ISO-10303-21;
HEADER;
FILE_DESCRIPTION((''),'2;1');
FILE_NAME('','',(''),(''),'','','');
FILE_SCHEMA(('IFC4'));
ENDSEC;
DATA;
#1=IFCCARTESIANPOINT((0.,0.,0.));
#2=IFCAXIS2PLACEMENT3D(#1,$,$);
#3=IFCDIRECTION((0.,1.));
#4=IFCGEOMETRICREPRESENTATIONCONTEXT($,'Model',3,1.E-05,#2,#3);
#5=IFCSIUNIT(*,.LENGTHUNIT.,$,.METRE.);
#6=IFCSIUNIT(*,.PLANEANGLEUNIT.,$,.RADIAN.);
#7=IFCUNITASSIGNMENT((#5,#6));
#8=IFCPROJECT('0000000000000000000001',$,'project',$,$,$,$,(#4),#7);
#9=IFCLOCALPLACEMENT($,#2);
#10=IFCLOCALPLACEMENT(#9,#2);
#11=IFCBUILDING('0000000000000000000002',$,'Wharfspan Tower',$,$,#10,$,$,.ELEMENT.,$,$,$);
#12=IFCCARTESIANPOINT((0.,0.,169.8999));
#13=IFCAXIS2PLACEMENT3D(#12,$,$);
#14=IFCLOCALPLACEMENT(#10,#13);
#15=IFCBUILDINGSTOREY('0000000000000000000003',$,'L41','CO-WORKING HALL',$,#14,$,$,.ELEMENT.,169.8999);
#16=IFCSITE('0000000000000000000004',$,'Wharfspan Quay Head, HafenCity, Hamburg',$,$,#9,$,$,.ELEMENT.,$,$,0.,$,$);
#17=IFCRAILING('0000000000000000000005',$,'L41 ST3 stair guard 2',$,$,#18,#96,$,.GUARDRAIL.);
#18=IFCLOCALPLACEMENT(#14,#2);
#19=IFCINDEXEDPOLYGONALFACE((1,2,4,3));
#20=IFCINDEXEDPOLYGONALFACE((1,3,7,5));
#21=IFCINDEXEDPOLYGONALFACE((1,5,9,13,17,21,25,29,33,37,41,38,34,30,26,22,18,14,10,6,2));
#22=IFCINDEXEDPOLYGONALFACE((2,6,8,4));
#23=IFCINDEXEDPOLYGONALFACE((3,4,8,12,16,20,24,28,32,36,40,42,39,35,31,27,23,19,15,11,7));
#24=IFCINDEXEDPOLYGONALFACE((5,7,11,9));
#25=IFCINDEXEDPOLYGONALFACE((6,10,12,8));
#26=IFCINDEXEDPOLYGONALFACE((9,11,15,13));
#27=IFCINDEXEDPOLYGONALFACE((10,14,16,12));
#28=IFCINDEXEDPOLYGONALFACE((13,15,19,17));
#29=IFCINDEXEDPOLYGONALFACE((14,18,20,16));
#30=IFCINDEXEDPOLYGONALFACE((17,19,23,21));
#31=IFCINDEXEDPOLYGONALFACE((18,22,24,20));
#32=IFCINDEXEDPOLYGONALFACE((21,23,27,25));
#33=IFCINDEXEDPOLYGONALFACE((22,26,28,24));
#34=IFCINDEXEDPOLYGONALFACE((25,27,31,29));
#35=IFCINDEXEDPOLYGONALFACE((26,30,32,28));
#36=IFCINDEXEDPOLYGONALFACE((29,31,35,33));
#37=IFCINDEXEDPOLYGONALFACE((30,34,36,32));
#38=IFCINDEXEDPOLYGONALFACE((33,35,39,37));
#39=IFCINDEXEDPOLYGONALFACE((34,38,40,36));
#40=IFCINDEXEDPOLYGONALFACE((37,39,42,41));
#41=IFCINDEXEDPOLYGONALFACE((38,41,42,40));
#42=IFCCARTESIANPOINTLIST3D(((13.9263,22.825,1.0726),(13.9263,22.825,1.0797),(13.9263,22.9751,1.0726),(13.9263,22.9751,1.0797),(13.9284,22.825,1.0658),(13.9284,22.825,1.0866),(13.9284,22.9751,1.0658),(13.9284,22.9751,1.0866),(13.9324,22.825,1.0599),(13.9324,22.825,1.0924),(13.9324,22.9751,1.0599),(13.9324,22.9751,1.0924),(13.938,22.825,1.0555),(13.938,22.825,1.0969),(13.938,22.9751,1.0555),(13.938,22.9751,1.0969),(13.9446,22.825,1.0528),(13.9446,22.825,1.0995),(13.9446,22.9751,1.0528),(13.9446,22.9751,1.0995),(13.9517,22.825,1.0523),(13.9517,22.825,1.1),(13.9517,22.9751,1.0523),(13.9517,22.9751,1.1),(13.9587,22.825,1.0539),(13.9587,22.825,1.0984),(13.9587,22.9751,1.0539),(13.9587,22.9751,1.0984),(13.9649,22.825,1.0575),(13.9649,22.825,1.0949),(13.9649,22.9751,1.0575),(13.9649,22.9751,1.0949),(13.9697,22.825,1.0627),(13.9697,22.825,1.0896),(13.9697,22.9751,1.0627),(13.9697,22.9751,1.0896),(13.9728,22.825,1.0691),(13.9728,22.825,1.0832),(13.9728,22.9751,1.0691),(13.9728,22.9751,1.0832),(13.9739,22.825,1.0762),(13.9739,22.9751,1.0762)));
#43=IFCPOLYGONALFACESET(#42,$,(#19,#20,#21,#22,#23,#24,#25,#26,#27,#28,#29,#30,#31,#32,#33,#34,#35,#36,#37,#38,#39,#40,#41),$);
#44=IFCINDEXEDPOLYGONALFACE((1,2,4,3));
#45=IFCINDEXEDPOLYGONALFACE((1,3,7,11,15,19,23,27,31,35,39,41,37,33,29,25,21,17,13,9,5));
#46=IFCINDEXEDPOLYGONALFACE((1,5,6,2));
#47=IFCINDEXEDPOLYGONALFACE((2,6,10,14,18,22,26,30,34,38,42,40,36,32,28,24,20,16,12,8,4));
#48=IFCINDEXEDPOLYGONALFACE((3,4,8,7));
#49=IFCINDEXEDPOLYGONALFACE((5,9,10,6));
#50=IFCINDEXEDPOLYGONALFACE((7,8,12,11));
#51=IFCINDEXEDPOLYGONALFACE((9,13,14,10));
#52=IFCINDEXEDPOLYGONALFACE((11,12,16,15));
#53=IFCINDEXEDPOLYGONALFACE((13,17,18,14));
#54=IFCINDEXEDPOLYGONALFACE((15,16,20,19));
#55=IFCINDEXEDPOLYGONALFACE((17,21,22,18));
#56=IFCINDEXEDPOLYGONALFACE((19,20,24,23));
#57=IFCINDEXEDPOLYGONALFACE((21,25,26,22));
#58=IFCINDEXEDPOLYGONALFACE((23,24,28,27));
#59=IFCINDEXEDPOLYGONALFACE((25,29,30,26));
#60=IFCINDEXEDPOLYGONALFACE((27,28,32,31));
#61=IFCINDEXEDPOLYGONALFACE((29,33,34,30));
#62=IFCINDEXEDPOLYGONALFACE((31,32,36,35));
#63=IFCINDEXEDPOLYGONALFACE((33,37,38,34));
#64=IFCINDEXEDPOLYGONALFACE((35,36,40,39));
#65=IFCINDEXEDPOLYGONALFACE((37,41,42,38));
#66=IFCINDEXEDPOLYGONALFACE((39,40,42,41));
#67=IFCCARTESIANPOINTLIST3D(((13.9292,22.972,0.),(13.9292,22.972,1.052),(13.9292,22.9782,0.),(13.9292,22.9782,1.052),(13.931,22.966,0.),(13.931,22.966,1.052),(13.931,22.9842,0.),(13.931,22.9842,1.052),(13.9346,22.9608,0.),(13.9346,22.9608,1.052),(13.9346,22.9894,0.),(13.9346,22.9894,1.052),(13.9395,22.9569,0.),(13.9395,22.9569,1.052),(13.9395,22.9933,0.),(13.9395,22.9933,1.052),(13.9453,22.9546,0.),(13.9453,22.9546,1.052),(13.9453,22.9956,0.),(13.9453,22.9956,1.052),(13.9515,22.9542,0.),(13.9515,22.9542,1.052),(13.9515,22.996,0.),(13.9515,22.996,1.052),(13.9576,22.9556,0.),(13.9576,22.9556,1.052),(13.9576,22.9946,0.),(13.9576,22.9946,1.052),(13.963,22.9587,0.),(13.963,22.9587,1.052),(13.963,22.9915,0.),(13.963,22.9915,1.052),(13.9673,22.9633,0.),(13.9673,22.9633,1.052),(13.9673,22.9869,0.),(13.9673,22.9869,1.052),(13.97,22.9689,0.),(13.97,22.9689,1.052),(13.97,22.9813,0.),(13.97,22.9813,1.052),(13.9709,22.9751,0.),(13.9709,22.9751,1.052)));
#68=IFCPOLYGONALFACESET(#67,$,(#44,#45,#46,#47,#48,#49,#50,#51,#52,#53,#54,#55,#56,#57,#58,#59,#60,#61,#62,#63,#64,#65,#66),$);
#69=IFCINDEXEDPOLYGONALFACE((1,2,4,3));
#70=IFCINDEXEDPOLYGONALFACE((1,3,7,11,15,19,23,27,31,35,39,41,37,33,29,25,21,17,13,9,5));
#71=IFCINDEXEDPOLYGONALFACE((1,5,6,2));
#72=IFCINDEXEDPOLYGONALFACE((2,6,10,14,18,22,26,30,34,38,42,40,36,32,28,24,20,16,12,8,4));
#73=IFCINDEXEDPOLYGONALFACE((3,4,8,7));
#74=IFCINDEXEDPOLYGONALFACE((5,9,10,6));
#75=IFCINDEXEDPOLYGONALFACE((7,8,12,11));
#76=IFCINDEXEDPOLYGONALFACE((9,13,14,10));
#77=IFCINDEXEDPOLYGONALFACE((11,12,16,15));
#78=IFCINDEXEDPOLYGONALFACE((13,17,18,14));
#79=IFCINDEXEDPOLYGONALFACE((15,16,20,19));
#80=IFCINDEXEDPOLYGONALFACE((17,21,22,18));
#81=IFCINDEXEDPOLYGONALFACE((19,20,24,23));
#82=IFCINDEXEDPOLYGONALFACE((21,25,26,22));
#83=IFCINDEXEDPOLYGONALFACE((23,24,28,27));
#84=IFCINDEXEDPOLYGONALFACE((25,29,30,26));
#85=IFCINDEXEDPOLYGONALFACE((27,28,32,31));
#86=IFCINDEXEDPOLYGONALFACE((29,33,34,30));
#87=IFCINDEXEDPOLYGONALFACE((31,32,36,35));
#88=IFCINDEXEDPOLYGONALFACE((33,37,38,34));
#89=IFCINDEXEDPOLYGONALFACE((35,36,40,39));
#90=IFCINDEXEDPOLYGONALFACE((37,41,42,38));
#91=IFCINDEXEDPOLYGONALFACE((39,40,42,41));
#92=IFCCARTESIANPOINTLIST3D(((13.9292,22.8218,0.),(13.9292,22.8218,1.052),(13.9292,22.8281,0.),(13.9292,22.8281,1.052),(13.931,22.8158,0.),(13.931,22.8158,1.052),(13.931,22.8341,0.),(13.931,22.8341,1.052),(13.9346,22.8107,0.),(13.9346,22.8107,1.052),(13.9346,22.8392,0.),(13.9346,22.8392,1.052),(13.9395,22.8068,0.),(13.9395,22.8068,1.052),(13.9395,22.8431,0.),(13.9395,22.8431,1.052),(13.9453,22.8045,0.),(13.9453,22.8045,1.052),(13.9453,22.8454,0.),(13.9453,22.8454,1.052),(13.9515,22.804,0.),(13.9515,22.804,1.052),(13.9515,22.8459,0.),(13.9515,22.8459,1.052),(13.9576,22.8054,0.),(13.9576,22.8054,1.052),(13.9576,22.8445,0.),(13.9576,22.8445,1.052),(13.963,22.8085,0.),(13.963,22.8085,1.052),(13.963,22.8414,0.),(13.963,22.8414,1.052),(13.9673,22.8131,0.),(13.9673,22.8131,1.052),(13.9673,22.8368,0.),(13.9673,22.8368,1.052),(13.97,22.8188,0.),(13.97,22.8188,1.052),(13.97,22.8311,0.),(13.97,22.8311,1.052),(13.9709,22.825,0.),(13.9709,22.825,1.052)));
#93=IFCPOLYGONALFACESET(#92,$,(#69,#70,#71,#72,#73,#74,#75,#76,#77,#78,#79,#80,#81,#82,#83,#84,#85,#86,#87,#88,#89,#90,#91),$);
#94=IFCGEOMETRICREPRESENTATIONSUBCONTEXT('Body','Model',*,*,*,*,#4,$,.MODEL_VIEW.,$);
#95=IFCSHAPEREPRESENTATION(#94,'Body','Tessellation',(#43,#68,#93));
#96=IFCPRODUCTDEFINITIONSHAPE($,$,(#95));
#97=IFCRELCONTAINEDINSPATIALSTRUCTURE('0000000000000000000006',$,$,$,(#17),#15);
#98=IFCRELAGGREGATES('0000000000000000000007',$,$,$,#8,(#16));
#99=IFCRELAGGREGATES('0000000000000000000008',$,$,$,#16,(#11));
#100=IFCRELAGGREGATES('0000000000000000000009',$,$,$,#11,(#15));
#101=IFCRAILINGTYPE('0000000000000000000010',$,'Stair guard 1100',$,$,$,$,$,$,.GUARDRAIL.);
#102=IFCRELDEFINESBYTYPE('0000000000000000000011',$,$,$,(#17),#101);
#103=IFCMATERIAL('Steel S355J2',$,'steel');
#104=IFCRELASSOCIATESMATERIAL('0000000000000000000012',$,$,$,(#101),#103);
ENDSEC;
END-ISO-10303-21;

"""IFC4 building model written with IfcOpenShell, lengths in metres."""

from ifc_helpers import new_model, si_unit, direction, frame, origin, origin_2d, place, context, subcontext, project, spatial, circle, extrude, material, type_object, element, save


model = new_model("IFC4")

# Units and contexts
model_context = context("Model", 3, precision=1e-05, world=origin(), true_north=direction((0.0, 1.0)))
body_context = subcontext(model_context, "Body", "Model", "MODEL_VIEW")
ifc_project = project(units=[si_unit("LENGTHUNIT", "METRE"), si_unit("PLANEANGLEUNIT", "RADIAN")], contexts=[model_context])

# Site, building, storey
site_placement = place(None, origin())
site = spatial("IfcSite", under=ifc_project, at=site_placement, Name="Wharfspan Quay Head, HafenCity, Hamburg", CompositionType="ELEMENT", RefElevation=0.0)
building_placement = place(site_placement, origin())
building = spatial("IfcBuilding", under=site, at=building_placement, Name="Wharfspan Tower", CompositionType="ELEMENT")
storey_placement = place(building_placement, frame((0.0, 0.0, 169.8999)))
storey = spatial("IfcBuildingStorey", under=building, at=storey_placement, Name="L41", Description="CO-WORKING HALL", CompositionType="ELEMENT", Elevation=169.8999)

# Shared definitions
ifc_material_1 = material(Name="Steel S355J2", Category="steel")

# Railing
railing_type_1 = type_object("IfcRailingType", Name="Stair guard 1100", PredefinedType="GUARDRAIL", material=ifc_material_1)
railing_1_placement = place(storey_placement, frame((13.95, 22.9751, 0.0)))
element("IfcRailing", 1, at=railing_1_placement, inside=storey, type_object=railing_type_1, Name="L41 ST3 stair guard 2", PredefinedType="GUARDRAIL", context=body_context, shape_type="SweptSolid", body=[
    extrude(circle(Radius=0.0239, at=origin_2d()), frame((0.0, 0.0, 1.0762), z_axis=(0.0, -1.0, 0.0), x_axis=(1.0, 0.0, 0.0)), (0.0, 0.0, 1.0), 0.1501),
    extrude(circle(Radius=0.021, at=origin_2d()), origin(), (0.0, 0.0, 1.0), 1.052),
    extrude(circle(Radius=0.021, at=origin_2d()), frame((0.0, -0.1501, 0.0)), (0.0, 0.0, 1.0), 1.052),
])

save(model, "model.ifc")
